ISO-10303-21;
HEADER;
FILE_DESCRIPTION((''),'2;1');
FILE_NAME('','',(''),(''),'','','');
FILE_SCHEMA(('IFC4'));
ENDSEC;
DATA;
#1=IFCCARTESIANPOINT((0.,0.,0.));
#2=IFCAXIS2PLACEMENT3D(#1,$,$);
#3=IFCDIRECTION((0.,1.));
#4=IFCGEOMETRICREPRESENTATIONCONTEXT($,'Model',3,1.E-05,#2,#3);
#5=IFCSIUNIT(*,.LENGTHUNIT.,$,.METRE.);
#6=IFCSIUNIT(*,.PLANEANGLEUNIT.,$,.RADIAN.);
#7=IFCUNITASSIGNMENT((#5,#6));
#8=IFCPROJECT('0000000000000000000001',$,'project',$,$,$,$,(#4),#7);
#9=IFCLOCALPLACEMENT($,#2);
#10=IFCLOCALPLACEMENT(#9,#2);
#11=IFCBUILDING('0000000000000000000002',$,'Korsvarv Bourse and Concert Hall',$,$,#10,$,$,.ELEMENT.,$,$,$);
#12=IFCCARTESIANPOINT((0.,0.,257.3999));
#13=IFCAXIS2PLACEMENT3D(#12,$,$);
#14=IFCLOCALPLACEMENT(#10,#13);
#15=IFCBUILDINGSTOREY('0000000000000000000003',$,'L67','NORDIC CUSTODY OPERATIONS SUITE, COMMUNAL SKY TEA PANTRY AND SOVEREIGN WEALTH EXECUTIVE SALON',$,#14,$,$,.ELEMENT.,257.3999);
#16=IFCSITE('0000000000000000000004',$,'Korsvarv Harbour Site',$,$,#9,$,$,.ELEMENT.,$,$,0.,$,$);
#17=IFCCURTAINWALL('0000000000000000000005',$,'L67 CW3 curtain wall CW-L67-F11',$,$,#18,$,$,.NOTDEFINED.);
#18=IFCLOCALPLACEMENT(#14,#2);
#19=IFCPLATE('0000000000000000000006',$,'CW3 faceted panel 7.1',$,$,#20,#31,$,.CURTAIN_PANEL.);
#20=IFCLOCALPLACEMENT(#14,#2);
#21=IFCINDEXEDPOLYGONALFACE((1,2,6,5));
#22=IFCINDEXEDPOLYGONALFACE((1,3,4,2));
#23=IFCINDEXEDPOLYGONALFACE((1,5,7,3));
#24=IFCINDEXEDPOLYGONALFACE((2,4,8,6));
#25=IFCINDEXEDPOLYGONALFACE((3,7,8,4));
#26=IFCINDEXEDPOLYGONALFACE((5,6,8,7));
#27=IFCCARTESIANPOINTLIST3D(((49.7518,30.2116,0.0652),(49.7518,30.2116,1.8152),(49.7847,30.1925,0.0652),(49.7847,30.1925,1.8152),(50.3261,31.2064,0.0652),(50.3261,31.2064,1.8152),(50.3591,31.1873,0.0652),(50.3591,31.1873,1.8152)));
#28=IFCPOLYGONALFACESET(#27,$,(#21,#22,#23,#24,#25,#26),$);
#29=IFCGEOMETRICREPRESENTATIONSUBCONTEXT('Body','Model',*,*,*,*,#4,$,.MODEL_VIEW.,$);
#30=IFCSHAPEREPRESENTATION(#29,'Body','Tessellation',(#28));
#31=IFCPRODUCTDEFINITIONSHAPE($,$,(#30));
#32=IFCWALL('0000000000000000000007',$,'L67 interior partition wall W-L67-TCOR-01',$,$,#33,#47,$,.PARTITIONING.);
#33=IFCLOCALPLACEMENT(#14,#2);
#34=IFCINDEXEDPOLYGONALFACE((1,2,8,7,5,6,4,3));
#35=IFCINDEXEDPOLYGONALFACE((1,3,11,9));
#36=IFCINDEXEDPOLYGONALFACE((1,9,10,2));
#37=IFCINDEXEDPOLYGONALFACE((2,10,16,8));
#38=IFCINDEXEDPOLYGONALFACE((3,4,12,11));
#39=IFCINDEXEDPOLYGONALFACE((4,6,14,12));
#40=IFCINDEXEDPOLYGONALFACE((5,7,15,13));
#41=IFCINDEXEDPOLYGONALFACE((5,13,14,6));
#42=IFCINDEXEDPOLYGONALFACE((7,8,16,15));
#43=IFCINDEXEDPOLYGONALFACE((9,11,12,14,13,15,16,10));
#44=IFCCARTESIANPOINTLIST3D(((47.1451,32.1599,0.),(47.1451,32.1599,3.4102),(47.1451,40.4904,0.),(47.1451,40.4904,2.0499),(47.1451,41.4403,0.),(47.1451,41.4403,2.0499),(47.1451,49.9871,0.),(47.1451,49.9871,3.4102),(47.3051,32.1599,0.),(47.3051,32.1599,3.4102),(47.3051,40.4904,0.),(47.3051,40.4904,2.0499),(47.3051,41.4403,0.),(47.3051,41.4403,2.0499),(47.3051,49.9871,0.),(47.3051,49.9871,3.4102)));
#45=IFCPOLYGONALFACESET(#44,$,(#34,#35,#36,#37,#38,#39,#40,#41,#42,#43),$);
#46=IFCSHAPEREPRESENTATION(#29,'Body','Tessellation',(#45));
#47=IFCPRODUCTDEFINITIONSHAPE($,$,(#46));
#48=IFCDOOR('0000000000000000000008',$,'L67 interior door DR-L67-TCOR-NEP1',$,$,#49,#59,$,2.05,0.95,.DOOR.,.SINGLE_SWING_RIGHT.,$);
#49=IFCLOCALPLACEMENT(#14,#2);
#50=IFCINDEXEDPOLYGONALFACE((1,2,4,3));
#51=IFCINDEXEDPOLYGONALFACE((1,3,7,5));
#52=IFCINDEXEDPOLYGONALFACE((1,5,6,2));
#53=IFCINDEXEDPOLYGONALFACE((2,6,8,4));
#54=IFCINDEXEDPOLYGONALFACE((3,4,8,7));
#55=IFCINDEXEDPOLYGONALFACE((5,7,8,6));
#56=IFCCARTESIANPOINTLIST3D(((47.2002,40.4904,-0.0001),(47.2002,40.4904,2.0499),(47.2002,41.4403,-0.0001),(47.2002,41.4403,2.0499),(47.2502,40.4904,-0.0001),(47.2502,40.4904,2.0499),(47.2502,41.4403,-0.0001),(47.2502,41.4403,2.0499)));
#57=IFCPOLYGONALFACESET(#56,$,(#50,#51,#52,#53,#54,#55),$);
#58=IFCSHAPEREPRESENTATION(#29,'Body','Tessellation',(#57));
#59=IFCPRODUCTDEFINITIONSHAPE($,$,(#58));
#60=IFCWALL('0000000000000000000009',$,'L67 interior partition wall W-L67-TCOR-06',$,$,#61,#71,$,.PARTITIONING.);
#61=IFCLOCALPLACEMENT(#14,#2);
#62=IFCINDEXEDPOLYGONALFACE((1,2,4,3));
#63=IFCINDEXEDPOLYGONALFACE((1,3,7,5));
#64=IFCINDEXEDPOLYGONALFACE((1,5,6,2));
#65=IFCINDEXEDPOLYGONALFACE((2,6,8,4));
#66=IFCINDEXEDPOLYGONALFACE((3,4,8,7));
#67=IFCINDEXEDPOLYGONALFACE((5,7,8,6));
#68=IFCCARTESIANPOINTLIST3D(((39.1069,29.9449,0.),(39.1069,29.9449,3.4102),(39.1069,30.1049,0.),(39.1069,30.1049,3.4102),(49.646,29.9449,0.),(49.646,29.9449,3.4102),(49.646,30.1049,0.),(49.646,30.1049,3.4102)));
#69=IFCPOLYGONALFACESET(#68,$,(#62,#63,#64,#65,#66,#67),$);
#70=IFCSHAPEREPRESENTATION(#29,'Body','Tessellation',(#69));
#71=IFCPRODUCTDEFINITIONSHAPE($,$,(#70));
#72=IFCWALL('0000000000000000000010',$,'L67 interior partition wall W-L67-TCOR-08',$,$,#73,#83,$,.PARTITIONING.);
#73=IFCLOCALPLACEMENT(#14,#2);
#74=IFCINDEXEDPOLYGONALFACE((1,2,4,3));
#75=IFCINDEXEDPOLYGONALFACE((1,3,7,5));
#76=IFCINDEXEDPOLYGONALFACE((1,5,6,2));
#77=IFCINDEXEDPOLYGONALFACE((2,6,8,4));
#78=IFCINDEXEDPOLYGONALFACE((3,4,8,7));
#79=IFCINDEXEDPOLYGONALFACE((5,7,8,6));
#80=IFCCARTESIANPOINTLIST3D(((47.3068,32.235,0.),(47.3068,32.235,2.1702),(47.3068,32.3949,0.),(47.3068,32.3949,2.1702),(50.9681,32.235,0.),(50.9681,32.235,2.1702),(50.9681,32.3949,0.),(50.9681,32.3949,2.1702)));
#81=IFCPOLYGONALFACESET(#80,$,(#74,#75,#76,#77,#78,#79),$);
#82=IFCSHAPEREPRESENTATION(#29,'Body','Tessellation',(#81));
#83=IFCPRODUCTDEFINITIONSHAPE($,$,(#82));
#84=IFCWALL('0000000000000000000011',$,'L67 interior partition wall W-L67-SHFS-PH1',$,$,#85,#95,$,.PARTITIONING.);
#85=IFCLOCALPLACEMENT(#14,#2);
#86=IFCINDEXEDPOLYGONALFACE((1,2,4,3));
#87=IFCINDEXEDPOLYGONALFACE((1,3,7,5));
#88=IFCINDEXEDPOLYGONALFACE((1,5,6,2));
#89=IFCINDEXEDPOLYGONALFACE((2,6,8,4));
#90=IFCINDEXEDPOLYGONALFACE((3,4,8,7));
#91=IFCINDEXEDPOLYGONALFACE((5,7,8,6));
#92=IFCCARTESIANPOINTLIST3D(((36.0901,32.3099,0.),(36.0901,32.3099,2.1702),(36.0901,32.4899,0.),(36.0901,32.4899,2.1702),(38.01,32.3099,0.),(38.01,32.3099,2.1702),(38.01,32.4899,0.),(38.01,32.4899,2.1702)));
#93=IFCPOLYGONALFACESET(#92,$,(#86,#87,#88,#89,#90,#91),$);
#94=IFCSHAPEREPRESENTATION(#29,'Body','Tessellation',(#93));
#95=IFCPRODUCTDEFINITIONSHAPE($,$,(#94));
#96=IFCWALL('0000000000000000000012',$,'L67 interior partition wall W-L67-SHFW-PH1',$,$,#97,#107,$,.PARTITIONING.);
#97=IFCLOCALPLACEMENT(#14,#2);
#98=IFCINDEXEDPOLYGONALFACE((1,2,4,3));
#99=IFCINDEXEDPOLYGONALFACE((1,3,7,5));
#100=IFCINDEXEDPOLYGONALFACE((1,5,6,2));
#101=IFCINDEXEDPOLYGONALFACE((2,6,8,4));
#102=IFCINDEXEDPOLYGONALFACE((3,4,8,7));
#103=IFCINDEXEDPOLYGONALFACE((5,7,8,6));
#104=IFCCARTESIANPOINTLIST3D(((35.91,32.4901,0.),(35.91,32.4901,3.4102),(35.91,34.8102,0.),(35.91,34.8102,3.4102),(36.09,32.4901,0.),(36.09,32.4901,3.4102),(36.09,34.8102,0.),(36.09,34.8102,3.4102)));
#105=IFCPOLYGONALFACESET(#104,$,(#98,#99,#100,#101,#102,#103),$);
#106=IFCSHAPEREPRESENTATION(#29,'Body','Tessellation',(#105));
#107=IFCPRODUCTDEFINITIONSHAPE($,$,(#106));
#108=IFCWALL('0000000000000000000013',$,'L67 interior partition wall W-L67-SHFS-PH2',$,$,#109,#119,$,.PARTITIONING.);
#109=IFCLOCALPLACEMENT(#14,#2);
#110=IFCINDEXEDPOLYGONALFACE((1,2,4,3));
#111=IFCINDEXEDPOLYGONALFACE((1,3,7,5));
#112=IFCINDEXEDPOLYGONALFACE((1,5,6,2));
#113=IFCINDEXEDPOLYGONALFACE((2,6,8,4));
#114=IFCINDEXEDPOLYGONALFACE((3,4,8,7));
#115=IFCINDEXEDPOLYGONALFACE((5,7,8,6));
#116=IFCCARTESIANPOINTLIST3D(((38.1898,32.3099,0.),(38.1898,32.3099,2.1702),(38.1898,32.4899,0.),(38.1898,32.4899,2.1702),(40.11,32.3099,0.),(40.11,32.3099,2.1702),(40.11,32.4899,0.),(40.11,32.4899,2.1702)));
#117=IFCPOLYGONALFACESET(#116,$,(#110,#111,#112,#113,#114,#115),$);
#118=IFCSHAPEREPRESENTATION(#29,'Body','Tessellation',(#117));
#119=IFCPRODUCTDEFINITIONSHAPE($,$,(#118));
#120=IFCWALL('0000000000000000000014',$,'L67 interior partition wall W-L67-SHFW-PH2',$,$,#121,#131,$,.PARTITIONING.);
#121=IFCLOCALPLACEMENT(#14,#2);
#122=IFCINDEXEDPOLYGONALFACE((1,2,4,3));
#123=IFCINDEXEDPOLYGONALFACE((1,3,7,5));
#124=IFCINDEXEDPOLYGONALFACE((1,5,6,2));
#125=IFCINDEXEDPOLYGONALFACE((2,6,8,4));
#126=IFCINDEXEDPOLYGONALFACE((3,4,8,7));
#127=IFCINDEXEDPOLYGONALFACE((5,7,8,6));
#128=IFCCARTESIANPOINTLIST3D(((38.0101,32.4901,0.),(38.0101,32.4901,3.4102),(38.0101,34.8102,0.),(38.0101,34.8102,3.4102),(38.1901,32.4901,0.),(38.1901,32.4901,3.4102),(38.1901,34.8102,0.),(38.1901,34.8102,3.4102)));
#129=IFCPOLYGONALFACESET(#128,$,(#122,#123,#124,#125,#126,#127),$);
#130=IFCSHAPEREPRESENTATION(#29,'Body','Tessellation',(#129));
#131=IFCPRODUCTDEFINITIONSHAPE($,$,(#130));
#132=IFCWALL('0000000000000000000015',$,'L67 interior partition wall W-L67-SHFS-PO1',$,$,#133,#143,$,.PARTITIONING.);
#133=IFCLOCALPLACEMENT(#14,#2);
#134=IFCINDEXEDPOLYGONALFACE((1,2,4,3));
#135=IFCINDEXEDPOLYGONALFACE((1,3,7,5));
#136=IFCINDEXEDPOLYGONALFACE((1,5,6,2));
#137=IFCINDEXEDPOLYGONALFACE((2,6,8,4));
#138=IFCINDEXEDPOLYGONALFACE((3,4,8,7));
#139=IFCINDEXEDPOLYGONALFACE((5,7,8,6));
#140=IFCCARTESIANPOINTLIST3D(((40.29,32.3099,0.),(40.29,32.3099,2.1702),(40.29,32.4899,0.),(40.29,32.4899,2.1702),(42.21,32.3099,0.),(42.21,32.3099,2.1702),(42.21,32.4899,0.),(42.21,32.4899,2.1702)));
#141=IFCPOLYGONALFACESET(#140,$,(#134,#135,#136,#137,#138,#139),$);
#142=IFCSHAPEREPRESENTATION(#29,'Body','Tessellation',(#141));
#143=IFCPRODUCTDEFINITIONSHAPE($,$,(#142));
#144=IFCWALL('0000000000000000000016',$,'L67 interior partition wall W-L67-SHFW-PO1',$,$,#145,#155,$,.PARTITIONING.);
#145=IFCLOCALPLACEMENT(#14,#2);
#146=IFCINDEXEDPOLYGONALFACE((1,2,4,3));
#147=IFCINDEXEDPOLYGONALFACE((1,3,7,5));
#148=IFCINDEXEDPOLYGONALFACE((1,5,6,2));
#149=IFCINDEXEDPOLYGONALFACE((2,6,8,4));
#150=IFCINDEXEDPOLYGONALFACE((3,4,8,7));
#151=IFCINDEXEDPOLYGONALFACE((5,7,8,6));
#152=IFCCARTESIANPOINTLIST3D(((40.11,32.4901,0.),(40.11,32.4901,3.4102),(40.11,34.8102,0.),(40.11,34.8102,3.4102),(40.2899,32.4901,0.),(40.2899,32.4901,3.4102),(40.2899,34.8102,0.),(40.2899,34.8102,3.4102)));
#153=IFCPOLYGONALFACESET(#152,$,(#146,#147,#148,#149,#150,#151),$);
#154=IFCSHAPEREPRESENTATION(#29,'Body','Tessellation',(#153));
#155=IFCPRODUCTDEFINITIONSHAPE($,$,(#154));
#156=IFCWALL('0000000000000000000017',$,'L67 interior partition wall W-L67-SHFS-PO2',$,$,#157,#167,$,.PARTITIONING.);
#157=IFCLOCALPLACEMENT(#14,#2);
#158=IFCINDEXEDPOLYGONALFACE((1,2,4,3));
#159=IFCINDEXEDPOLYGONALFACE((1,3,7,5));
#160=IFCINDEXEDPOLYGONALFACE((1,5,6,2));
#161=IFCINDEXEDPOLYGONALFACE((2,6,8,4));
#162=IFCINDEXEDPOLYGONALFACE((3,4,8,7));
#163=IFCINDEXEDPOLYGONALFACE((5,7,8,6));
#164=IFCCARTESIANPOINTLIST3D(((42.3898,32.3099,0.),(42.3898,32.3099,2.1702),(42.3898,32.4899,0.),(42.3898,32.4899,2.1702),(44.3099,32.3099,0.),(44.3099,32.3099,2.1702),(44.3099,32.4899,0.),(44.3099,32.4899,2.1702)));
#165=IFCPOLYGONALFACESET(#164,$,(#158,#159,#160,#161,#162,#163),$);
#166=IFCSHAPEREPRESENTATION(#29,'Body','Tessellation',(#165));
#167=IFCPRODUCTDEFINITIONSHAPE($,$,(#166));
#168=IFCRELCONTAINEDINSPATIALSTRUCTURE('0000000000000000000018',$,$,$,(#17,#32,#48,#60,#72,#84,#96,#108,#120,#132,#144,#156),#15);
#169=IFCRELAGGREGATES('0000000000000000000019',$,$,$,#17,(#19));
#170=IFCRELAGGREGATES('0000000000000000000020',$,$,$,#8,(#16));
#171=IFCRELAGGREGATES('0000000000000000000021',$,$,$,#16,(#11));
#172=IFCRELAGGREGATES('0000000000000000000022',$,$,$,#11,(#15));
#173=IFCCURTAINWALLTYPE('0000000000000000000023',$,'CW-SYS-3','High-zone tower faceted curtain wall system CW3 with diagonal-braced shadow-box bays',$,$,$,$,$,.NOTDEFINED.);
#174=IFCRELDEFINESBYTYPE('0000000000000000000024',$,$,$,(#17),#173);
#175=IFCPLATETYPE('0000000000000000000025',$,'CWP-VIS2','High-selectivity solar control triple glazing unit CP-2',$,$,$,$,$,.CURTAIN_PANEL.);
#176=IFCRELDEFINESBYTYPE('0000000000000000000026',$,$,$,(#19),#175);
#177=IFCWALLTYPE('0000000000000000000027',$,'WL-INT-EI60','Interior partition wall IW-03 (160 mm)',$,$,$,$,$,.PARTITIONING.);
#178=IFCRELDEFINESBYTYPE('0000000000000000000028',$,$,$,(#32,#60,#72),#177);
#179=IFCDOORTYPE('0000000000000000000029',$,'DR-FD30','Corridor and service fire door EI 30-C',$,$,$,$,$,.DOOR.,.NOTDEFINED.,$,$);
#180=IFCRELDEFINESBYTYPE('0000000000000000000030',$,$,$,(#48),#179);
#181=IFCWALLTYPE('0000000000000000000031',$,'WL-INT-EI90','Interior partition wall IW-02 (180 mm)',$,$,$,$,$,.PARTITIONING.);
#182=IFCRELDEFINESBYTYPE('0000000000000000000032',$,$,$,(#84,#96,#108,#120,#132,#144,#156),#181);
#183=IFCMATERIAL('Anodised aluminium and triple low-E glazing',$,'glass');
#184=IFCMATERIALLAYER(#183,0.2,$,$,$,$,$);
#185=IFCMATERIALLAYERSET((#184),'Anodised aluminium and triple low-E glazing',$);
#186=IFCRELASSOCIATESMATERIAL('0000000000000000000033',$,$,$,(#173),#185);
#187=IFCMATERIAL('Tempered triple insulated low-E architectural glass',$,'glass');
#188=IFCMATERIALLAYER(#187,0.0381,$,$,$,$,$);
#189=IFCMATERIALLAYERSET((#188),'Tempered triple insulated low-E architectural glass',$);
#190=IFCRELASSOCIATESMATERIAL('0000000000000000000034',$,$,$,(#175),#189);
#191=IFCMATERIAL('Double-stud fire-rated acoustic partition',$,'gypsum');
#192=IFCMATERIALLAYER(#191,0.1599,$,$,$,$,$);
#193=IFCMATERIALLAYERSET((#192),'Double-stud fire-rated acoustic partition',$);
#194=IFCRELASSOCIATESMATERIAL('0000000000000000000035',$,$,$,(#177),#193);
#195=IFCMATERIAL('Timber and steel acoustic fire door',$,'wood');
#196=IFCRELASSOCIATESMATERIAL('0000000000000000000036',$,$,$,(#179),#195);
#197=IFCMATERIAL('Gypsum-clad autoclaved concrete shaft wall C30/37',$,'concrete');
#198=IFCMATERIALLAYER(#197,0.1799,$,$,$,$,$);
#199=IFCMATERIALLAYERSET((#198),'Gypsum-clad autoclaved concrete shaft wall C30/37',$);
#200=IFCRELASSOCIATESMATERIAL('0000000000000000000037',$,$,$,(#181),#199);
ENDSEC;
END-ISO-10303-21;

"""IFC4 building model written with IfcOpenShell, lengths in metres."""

from ifc_helpers import new_model, si_unit, direction, frame, frame_2d, origin, origin_2d, place, context, subcontext, project, spatial, rectangle, extrude, source, transform, mapped, material, layer, layer_set, type_object, element, fill, aggregate, save


model = new_model("IFC4")

# Units and contexts
model_context = context("Model", 3, precision=1e-05, world=origin(), true_north=direction((0.0, 1.0)))
body_context = subcontext(model_context, "Body", "Model", "MODEL_VIEW")
ifc_project = project(units=[si_unit("LENGTHUNIT", "METRE"), si_unit("PLANEANGLEUNIT", "RADIAN")], contexts=[model_context])

# Site, building, storey
site_placement = place(None, origin())
site = spatial("IfcSite", under=ifc_project, at=site_placement, Name="Korsvarv Harbour Site", CompositionType="ELEMENT", RefElevation=0.0)
building_placement = place(site_placement, origin())
building = spatial("IfcBuilding", under=site, at=building_placement, Name="Korsvarv Bourse and Concert Hall", CompositionType="ELEMENT")
storey_placement = place(building_placement, frame((0.0, 0.0, 257.3999)))
storey = spatial("IfcBuildingStorey", under=building, at=storey_placement, Name="L67", Description="NORDIC CUSTODY OPERATIONS SUITE, COMMUNAL SKY TEA PANTRY AND SOVEREIGN WEALTH EXECUTIVE SALON", CompositionType="ELEMENT", Elevation=257.3999)

# Curtain wall, plate
ifc_material_1 = material(Name="Anodised aluminium and triple low-E glazing", Category="glass")
ifc_layer_1 = layer(ifc_material_1, 0.2)
ifc_layer_set_1 = layer_set([ifc_layer_1], Name="Anodised aluminium and triple low-E glazing")
curtain_wall_type = type_object("IfcCurtainWallType", Name="CW-SYS-3", Description="High-zone tower faceted curtain wall system CW3 with diagonal-braced shadow-box bays", PredefinedType="NOTDEFINED", material=ifc_layer_set_1)
curtain_wall_placement = place(storey_placement, origin())
curtain_wall = element("IfcCurtainWall", 1, at=curtain_wall_placement, inside=storey, type_object=curtain_wall_type, Name="L67 CW3 curtain wall CW-L67-F11", PredefinedType="NOTDEFINED")
ifc_material_2 = material(Name="Tempered triple insulated low-E architectural glass", Category="glass")
ifc_layer_2 = layer(ifc_material_2, 0.0381)
ifc_layer_set_2 = layer_set([ifc_layer_2], Name="Tempered triple insulated low-E architectural glass")
plate_type_1 = type_object("IfcPlateType", Name="CWP-VIS2", Description="High-selectivity solar control triple glazing unit CP-2", PredefinedType="CURTAIN_PANEL", material=ifc_layer_set_2)
shared_shape_1 = source(origin(), body_context, "Body", "SweptSolid", [
    extrude(rectangle(XDim=1.1487, YDim=0.0381, at=origin_2d()), origin(), (0.0, 0.0, 1.0), 1.75),
])
plate_1_placement = place(storey_placement, frame((50.0554, 30.6995, 0.0652), z_axis=(0.0, 0.0, 1.0), x_axis=(0.500004, 0.866023, 0.0)))
plate_1 = element("IfcPlate", 2, at=plate_1_placement, type_object=plate_type_1, Name="CW3 faceted panel 7.1", PredefinedType="CURTAIN_PANEL", context=body_context, shape_type="MappedRepresentation", body=[
    mapped(shared_shape_1, transform((0.0, 0.0, 0.0), scale=1.0)),
])
aggregate(curtain_wall, [plate_1])

# Wall, opening, door
ifc_material_3 = material(Name="Double-stud fire-rated acoustic partition", Category="gypsum")
ifc_layer_3 = layer(ifc_material_3, 0.1599)
ifc_layer_set_3 = layer_set([ifc_layer_3], Name="Double-stud fire-rated acoustic partition")
wall_type_1 = type_object("IfcWallType", Name="WL-INT-EI60", Description="Interior partition wall IW-03 (160 mm)", PredefinedType="PARTITIONING", material=ifc_layer_set_3)
wall_1_placement = place(storey_placement, frame((47.2251, 32.1599, 0.0), z_axis=(0.0, 0.0, 1.0), x_axis=(0.0, 1.0, 0.0)))
wall_1 = element("IfcWall", 3, at=wall_1_placement, inside=storey, type_object=wall_type_1, Name="L67 interior partition wall W-L67-TCOR-01", PredefinedType="PARTITIONING", context=body_context, shape_type="SweptSolid", body=[
    extrude(rectangle(XDim=17.8271, YDim=0.1599, at=frame_2d((8.9136, 0.0))), origin(), (0.0, 0.0, 1.0), 3.4102),
])
opening_placement = place(wall_1_placement, frame((8.3303, 0.0, 0.0)))
opening = element("IfcOpeningElement", 4, at=opening_placement, cuts=wall_1, PredefinedType="OPENING", context=body_context, shape_type="SweptSolid", body=[
    extrude(rectangle(XDim=0.95, YDim=2.05, at=frame_2d((0.4751, 1.0249))), frame((0.0, 0.0898, 0.0), z_axis=(0.0, -1.0, 0.0), x_axis=(1.0, 0.0, 0.0)), (0.0, 0.0, 1.0), 0.1799),
])
ifc_material_4 = material(Name="Timber and steel acoustic fire door", Category="wood")
door_type = type_object("IfcDoorType", Name="DR-FD30", Description="Corridor and service fire door EI 30-C", OperationType="NOTDEFINED", PredefinedType="DOOR", material=ifc_material_4)
door_placement = place(opening_placement, origin())
door = element("IfcDoor", 5, at=door_placement, inside=storey, type_object=door_type, Name="L67 interior door DR-L67-TCOR-NEP1", OperationType="SINGLE_SWING_RIGHT", OverallHeight=2.05, OverallWidth=0.95, PredefinedType="DOOR", context=body_context, shape_type="SweptSolid", body=[
    extrude(rectangle(XDim=0.95, YDim=2.05, at=frame_2d((0.4751, 1.0249))), frame((0.0, 0.0249, 0.0), z_axis=(0.0, -1.0, 0.0), x_axis=(1.0, 0.0, 0.0)), (0.0, 0.0, 1.0), 0.05),
])
fill(opening, door)

# Walls
wall_2_placement = place(storey_placement, frame((39.1069, 30.0249, 0.0), z_axis=(0.0, 0.0, 1.0), x_axis=(1.0, 0.0, 0.0)))
element("IfcWall", 6, at=wall_2_placement, inside=storey, type_object=wall_type_1, Name="L67 interior partition wall W-L67-TCOR-06", PredefinedType="PARTITIONING", context=body_context, shape_type="SweptSolid", body=[
    extrude(rectangle(XDim=10.5391, YDim=0.1599, at=frame_2d((5.2695, 0.0))), origin(), (0.0, 0.0, 1.0), 3.4102),
])
wall_3_placement = place(storey_placement, frame((47.3069, 32.3149, 0.0), z_axis=(0.0, 0.0, 1.0), x_axis=(1.0, 0.0, 0.0)))
element("IfcWall", 7, at=wall_3_placement, inside=storey, type_object=wall_type_1, Name="L67 interior partition wall W-L67-TCOR-08", PredefinedType="PARTITIONING", context=body_context, shape_type="SweptSolid", body=[
    extrude(rectangle(XDim=3.6614, YDim=0.1599, at=frame_2d((1.8306, 0.0))), origin(), (0.0, 0.0, 1.0), 2.1702),
])
ifc_material_5 = material(Name="Gypsum-clad autoclaved concrete shaft wall C30/37", Category="concrete")
ifc_layer_4 = layer(ifc_material_5, 0.1799)
ifc_layer_set_4 = layer_set([ifc_layer_4], Name="Gypsum-clad autoclaved concrete shaft wall C30/37")
wall_type_2 = type_object("IfcWallType", Name="WL-INT-EI90", Description="Interior partition wall IW-02 (180 mm)", PredefinedType="PARTITIONING", material=ifc_layer_set_4)
wall_4_placement = place(storey_placement, frame((36.0901, 32.3999, 0.0), z_axis=(0.0, 0.0, 1.0), x_axis=(1.0, 0.0, 0.0)))
element("IfcWall", 8, at=wall_4_placement, inside=storey, type_object=wall_type_2, Name="L67 interior partition wall W-L67-SHFS-PH1", PredefinedType="PARTITIONING", context=body_context, shape_type="SweptSolid", body=[
    extrude(rectangle(XDim=1.9199, YDim=0.1799, at=frame_2d((0.96, 0.0))), origin(), (0.0, 0.0, 1.0), 2.1702),
])
wall_5_placement = place(storey_placement, frame((36.0, 32.49, 0.0), z_axis=(0.0, 0.0, 1.0), x_axis=(0.0, 1.0, 0.0)))
element("IfcWall", 9, at=wall_5_placement, inside=storey, type_object=wall_type_2, Name="L67 interior partition wall W-L67-SHFW-PH1", PredefinedType="PARTITIONING", context=body_context, shape_type="SweptSolid", body=[
    extrude(rectangle(XDim=2.3201, YDim=0.1799, at=frame_2d((1.1602, 0.0))), origin(), (0.0, 0.0, 1.0), 3.4102),
])
wall_6_placement = place(storey_placement, frame((38.1899, 32.3999, 0.0), z_axis=(0.0, 0.0, 1.0), x_axis=(1.0, 0.0, 0.0)))
element("IfcWall", 10, at=wall_6_placement, inside=storey, type_object=wall_type_2, Name="L67 interior partition wall W-L67-SHFS-PH2", PredefinedType="PARTITIONING", context=body_context, shape_type="SweptSolid", body=[
    extrude(rectangle(XDim=1.9202, YDim=0.1799, at=frame_2d((0.96, 0.0))), origin(), (0.0, 0.0, 1.0), 2.1702),
])
wall_7_placement = place(storey_placement, frame((38.1001, 32.49, 0.0), z_axis=(0.0, 0.0, 1.0), x_axis=(0.0, 1.0, 0.0)))
element("IfcWall", 11, at=wall_7_placement, inside=storey, type_object=wall_type_2, Name="L67 interior partition wall W-L67-SHFW-PH2", PredefinedType="PARTITIONING", context=body_context, shape_type="SweptSolid", body=[
    extrude(rectangle(XDim=2.3201, YDim=0.1799, at=frame_2d((1.1602, 0.0))), origin(), (0.0, 0.0, 1.0), 3.4102),
])
wall_8_placement = place(storey_placement, frame((40.29, 32.3999, 0.0), z_axis=(0.0, 0.0, 1.0), x_axis=(1.0, 0.0, 0.0)))
element("IfcWall", 12, at=wall_8_placement, inside=storey, type_object=wall_type_2, Name="L67 interior partition wall W-L67-SHFS-PO1", PredefinedType="PARTITIONING", context=body_context, shape_type="SweptSolid", body=[
    extrude(rectangle(XDim=1.9199, YDim=0.1799, at=frame_2d((0.96, 0.0))), origin(), (0.0, 0.0, 1.0), 2.1702),
])
wall_9_placement = place(storey_placement, frame((40.2, 32.49, 0.0), z_axis=(0.0, 0.0, 1.0), x_axis=(0.0, 1.0, 0.0)))
element("IfcWall", 13, at=wall_9_placement, inside=storey, type_object=wall_type_2, Name="L67 interior partition wall W-L67-SHFW-PO1", PredefinedType="PARTITIONING", context=body_context, shape_type="SweptSolid", body=[
    extrude(rectangle(XDim=2.3201, YDim=0.1799, at=frame_2d((1.1602, 0.0))), origin(), (0.0, 0.0, 1.0), 3.4102),
])
wall_10_placement = place(storey_placement, frame((42.3899, 32.3999, 0.0), z_axis=(0.0, 0.0, 1.0), x_axis=(1.0, 0.0, 0.0)))
element("IfcWall", 14, at=wall_10_placement, inside=storey, type_object=wall_type_2, Name="L67 interior partition wall W-L67-SHFS-PO2", PredefinedType="PARTITIONING", context=body_context, shape_type="SweptSolid", body=[
    extrude(rectangle(XDim=1.9202, YDim=0.1799, at=frame_2d((0.96, 0.0))), origin(), (0.0, 0.0, 1.0), 2.1702),
])

save(model, "model.ifc")
